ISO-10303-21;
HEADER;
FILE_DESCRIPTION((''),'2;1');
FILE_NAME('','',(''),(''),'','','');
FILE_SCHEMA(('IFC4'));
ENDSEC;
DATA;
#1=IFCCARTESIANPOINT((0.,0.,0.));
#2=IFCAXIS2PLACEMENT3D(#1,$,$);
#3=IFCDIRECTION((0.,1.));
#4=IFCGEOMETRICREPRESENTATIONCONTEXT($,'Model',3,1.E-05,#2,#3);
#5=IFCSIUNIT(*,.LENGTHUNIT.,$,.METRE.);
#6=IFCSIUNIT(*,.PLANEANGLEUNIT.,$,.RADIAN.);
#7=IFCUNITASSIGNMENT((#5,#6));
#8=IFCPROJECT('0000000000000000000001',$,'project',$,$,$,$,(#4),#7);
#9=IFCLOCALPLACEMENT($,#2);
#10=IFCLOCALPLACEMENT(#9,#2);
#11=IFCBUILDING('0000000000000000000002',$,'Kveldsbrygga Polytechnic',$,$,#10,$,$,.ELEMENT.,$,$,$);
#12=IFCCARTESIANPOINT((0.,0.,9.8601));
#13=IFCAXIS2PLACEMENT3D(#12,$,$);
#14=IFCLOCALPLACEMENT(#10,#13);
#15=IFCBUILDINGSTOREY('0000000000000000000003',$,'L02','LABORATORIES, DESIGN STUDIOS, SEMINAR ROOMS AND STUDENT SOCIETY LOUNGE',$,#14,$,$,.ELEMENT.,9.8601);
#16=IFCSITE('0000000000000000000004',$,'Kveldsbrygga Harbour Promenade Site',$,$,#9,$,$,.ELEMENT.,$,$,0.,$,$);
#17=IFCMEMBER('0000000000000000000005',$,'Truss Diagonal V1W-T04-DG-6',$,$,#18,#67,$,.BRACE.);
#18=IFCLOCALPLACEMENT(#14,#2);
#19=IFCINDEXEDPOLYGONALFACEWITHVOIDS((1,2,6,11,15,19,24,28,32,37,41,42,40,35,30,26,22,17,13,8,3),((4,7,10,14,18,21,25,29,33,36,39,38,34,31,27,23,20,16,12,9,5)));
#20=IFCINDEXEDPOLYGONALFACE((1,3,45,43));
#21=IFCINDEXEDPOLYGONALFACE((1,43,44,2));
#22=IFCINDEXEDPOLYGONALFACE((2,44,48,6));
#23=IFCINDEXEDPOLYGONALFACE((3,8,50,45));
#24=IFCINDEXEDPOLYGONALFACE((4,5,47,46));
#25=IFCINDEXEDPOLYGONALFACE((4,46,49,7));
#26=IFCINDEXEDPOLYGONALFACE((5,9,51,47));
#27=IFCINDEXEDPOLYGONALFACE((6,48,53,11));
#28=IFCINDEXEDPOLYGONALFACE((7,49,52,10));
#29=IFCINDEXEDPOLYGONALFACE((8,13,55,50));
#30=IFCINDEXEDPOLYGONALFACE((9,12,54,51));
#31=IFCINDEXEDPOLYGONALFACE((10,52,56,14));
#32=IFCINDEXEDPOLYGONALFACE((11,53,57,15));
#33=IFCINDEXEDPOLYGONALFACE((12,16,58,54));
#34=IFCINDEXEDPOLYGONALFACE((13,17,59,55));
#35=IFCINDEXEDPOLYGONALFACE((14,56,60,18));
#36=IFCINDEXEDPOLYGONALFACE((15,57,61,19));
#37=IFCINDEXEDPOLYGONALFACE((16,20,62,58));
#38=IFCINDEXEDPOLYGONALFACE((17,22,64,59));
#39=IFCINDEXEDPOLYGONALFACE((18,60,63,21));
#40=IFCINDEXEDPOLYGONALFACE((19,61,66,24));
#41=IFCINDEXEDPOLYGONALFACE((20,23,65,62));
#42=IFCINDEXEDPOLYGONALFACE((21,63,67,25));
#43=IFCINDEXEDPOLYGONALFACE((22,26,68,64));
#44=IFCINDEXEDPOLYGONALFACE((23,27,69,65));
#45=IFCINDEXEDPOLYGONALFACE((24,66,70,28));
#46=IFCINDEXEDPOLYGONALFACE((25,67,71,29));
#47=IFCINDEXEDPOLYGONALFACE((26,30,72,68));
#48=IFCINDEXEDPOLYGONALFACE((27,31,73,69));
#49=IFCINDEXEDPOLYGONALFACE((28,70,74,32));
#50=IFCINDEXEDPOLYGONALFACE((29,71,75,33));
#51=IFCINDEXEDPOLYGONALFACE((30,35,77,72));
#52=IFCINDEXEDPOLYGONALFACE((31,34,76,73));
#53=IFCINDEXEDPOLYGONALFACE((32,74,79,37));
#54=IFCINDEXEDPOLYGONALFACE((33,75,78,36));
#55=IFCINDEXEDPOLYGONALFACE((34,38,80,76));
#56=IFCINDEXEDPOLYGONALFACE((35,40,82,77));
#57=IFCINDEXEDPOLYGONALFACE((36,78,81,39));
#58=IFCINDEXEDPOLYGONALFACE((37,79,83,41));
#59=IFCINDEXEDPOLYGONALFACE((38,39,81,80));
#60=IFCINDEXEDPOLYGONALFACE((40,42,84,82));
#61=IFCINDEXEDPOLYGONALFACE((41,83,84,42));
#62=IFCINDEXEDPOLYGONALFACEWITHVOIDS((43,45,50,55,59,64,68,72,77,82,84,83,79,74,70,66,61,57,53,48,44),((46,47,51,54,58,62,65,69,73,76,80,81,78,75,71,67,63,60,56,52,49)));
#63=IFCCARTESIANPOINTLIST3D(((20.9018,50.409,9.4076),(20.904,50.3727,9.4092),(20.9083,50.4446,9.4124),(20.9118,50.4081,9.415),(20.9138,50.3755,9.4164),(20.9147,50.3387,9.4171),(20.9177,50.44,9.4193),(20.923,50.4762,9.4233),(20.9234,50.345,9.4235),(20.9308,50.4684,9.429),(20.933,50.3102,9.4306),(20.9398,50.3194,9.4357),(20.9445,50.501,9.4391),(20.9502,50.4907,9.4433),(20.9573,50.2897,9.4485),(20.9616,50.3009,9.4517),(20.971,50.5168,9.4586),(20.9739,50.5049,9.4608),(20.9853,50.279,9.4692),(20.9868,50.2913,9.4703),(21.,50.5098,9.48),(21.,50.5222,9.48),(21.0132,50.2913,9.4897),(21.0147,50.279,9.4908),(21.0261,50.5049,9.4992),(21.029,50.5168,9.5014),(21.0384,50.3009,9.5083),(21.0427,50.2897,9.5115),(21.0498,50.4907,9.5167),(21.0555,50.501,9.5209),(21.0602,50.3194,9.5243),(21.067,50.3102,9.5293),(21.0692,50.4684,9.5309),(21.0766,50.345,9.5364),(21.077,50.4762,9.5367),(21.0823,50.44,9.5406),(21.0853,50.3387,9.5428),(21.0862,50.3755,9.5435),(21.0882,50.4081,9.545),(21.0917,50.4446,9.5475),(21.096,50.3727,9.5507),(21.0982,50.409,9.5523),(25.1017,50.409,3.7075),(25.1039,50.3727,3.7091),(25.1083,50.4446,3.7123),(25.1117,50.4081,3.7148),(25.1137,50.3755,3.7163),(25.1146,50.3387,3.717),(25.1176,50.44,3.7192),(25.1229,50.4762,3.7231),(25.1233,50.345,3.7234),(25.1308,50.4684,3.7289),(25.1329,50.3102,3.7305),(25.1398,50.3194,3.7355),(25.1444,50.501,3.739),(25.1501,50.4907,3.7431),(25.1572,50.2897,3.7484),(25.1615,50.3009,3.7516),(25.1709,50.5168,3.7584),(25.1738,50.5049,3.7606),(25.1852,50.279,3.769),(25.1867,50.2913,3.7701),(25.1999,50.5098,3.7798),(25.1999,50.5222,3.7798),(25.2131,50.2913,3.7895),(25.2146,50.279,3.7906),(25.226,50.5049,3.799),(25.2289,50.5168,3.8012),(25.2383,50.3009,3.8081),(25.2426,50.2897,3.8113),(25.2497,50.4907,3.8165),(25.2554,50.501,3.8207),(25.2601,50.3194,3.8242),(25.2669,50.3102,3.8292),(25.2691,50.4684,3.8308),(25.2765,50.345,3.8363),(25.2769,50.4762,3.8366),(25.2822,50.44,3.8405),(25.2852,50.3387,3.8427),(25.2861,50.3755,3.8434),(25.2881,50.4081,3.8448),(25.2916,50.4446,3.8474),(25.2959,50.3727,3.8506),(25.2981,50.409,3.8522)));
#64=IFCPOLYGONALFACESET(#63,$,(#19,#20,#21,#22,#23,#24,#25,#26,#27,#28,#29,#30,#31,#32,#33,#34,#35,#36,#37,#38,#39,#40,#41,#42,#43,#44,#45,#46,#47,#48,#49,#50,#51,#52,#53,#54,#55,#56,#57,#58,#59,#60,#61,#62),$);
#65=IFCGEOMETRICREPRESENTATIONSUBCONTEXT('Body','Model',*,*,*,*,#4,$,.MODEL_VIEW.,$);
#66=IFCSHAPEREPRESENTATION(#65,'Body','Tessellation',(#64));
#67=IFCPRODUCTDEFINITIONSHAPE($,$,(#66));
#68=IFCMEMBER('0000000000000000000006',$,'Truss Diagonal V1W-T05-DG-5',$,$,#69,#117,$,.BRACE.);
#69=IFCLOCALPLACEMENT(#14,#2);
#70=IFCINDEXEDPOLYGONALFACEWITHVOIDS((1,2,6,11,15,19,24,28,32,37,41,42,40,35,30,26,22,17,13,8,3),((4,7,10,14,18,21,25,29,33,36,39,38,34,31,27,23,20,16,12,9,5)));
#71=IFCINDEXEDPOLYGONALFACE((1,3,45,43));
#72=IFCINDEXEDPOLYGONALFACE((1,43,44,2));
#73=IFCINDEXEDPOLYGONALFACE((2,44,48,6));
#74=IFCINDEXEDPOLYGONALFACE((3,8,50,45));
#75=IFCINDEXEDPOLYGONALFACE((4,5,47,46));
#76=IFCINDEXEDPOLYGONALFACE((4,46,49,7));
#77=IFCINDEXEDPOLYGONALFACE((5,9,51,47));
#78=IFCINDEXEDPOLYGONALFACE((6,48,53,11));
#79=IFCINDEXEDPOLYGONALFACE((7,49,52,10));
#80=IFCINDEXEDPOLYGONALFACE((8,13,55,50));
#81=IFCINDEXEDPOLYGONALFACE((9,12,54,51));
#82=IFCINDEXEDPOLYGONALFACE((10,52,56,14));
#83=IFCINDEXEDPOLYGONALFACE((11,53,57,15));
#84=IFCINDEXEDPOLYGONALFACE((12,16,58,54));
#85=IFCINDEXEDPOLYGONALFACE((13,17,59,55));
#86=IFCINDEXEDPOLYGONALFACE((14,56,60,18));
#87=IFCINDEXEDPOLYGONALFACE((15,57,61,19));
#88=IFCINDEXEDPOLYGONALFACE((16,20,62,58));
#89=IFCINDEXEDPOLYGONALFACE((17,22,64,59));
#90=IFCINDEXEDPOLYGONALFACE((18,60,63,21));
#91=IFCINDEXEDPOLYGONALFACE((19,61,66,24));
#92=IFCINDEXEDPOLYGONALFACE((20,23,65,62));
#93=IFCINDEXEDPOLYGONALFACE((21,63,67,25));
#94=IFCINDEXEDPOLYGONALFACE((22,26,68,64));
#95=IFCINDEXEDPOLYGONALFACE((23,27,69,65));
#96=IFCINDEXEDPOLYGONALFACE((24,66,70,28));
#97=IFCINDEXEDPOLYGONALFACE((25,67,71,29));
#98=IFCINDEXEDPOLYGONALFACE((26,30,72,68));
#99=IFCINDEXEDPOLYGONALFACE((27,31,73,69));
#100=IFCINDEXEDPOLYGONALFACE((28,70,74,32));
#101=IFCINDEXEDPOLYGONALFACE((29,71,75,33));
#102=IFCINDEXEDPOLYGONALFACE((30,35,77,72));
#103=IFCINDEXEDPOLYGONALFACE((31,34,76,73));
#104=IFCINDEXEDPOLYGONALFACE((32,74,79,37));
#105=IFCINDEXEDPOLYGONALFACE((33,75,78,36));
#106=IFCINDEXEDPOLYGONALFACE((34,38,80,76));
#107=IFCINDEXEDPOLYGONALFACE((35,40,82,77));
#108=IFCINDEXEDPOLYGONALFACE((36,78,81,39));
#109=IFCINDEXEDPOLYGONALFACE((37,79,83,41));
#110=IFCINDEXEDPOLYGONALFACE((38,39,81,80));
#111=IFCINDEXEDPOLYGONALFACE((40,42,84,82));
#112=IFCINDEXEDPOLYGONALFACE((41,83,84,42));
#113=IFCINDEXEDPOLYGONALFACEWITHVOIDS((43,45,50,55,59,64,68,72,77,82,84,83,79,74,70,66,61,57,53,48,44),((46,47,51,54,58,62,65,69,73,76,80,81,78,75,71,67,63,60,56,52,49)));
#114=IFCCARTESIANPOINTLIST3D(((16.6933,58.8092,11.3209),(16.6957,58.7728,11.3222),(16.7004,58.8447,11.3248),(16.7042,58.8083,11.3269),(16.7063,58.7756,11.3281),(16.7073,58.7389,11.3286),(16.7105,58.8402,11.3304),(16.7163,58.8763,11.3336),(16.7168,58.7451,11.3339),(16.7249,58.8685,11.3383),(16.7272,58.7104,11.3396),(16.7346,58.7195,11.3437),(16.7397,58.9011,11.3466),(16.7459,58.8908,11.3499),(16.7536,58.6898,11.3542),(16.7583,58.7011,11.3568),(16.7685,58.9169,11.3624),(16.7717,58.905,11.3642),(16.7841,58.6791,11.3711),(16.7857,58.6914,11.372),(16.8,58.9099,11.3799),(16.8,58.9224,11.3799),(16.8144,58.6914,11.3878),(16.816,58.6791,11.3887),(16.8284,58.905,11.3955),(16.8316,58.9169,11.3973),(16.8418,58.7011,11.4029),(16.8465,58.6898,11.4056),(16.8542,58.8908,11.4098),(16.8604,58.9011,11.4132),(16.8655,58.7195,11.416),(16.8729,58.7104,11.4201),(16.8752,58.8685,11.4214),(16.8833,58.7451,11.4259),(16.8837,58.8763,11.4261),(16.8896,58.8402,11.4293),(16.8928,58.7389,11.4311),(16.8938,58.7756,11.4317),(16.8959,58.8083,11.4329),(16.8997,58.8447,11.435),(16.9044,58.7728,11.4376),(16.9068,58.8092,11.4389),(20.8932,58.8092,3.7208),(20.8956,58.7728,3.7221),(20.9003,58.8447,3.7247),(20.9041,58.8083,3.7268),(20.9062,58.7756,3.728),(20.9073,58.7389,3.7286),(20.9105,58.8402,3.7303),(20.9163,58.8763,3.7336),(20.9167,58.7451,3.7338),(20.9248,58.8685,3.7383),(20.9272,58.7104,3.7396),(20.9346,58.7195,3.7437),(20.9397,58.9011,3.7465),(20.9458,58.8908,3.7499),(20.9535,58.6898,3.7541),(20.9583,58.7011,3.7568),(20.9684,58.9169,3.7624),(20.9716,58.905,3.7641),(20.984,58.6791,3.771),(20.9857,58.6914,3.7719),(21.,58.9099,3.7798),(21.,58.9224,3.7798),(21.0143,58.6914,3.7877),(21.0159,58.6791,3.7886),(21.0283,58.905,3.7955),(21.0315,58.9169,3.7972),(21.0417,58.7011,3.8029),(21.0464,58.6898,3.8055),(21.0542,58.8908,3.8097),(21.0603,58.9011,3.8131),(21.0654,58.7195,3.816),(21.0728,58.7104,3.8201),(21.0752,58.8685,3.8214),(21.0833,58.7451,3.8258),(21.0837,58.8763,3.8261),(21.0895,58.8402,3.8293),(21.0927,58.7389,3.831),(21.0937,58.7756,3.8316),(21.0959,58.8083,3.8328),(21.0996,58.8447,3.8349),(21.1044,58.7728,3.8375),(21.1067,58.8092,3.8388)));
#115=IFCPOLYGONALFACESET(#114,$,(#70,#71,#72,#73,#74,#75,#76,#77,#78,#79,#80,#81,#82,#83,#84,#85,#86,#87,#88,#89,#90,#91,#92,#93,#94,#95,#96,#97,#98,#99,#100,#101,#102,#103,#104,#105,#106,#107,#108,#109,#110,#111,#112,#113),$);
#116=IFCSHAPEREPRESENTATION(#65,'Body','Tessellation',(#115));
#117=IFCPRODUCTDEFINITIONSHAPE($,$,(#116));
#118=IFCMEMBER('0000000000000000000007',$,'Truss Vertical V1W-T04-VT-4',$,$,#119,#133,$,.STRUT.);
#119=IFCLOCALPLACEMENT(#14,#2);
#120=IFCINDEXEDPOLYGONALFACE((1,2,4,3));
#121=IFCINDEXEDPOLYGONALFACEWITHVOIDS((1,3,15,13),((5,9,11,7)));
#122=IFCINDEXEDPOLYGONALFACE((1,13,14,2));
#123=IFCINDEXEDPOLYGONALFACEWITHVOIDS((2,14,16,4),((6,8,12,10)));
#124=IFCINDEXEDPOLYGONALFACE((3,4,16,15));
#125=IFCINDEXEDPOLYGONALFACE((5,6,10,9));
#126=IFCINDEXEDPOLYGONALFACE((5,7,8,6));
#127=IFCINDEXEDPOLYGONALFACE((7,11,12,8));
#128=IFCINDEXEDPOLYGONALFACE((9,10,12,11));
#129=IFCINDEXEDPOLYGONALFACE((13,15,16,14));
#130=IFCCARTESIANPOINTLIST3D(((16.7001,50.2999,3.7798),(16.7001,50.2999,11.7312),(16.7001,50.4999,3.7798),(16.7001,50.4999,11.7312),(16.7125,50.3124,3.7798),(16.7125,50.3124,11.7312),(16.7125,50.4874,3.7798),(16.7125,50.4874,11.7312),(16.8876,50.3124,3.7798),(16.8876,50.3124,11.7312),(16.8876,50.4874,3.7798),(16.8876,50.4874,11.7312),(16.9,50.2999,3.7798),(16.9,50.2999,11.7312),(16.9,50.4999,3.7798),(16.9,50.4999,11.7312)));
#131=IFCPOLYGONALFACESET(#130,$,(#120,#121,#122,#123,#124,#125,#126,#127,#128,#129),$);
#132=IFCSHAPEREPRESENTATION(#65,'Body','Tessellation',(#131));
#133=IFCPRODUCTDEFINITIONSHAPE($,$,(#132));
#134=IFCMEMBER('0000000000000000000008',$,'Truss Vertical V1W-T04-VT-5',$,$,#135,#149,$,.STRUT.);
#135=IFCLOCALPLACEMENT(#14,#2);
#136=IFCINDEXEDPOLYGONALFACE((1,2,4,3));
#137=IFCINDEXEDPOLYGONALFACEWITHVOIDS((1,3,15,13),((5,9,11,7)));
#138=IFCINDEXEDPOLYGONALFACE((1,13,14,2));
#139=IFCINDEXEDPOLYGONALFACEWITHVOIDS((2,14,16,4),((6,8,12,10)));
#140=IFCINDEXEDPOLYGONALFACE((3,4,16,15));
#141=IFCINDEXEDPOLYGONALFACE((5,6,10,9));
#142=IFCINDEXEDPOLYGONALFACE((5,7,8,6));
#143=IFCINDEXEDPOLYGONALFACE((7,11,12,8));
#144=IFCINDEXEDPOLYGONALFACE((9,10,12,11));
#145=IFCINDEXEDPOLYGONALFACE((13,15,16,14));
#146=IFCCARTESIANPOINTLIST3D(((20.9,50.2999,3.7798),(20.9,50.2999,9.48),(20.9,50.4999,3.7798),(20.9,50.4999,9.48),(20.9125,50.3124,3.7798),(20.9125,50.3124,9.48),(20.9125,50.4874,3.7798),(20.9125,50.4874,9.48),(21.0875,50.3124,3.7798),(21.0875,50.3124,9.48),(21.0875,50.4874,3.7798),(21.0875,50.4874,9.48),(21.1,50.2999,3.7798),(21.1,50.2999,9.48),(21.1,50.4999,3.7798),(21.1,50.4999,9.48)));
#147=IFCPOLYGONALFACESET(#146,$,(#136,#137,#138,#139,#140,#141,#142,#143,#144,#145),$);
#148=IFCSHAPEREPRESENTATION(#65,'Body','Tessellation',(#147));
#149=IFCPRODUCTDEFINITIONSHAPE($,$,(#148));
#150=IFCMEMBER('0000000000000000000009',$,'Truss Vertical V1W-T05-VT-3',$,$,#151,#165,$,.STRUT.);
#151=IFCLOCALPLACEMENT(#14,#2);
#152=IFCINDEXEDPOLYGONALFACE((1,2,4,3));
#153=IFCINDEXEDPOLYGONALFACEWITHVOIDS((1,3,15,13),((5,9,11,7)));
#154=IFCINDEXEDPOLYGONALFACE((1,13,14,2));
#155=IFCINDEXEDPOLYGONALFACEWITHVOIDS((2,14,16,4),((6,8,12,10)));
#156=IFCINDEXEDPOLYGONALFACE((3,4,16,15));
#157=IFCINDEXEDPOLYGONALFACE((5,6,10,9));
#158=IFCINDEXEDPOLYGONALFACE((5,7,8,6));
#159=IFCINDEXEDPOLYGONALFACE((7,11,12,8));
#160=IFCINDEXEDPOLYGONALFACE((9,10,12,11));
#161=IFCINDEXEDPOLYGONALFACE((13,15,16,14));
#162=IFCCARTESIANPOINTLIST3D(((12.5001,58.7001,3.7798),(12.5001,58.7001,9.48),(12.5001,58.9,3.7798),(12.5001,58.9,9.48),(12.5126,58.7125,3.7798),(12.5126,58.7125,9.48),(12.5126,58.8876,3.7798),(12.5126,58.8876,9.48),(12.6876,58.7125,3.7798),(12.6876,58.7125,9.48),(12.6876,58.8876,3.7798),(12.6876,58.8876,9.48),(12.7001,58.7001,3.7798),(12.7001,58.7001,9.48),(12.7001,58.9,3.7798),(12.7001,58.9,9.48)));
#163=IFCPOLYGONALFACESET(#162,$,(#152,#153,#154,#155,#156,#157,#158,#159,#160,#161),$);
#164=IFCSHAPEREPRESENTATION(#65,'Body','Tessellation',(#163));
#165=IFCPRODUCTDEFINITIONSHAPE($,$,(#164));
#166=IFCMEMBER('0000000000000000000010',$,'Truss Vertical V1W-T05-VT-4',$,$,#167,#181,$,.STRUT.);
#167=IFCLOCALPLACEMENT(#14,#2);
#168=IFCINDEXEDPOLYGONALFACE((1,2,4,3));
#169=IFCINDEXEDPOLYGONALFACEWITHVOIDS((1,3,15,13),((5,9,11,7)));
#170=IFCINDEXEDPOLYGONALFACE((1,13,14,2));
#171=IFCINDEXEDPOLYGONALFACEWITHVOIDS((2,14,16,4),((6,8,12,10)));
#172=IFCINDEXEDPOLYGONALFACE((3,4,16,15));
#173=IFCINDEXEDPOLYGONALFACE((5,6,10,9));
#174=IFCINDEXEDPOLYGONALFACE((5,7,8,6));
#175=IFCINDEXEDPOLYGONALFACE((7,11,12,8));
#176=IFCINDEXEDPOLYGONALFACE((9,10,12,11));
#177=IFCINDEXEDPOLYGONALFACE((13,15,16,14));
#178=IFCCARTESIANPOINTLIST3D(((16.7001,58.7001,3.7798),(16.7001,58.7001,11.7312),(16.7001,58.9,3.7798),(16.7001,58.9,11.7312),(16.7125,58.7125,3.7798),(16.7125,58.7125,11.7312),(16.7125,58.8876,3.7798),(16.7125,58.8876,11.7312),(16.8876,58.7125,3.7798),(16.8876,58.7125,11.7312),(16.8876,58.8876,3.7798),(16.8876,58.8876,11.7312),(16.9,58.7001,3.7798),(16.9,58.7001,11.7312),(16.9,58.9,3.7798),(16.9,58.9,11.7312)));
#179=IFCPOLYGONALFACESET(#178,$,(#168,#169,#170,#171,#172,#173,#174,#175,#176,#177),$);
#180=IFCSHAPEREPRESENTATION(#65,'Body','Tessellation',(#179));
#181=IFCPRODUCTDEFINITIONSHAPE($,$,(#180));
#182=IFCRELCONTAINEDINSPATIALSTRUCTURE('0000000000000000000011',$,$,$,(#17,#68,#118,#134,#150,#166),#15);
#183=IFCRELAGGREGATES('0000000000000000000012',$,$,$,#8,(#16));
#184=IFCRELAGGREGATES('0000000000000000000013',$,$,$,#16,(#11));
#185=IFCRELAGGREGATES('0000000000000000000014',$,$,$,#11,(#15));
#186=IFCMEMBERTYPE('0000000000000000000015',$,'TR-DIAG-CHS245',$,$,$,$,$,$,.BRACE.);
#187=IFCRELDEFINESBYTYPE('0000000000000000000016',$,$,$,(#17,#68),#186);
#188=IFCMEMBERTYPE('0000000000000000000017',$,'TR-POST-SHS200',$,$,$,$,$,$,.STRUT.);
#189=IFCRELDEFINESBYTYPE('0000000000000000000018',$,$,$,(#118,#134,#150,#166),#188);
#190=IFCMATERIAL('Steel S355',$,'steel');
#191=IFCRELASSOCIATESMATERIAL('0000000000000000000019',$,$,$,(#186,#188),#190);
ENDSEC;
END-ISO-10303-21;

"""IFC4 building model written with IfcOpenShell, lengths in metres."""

from ifc_helpers import new_model, si_unit, direction, frame, origin, origin_2d, place, context, subcontext, project, spatial, hollow_rectangle, hollow_circle, extrude, material, material_profile, profile_set, type_object, element, save


model = new_model("IFC4")

# Units and contexts
model_context = context("Model", 3, precision=1e-05, world=origin(), true_north=direction((0.0, 1.0)))
body_context = subcontext(model_context, "Body", "Model", "MODEL_VIEW")
ifc_project = project(units=[si_unit("LENGTHUNIT", "METRE"), si_unit("PLANEANGLEUNIT", "RADIAN")], contexts=[model_context])

# Site, building, storey
site_placement = place(None, origin())
site = spatial("IfcSite", under=ifc_project, at=site_placement, Name="Kveldsbrygga Harbour Promenade Site", CompositionType="ELEMENT", RefElevation=0.0)
building_placement = place(site_placement, origin())
building = spatial("IfcBuilding", under=site, at=building_placement, Name="Kveldsbrygga Polytechnic", CompositionType="ELEMENT")
storey_placement = place(building_placement, frame((0.0, 0.0, 9.8601)))
storey = spatial("IfcBuildingStorey", under=building, at=storey_placement, Name="L02", Description="LABORATORIES, DESIGN STUDIOS, SEMINAR ROOMS AND STUDENT SOCIETY LOUNGE", CompositionType="ELEMENT", Elevation=9.8601)

# Members
ifc_material_1 = material(Name="Steel S355", Category="steel")
ifc_material_profile_1 = material_profile(ifc_material_1, hollow_circle(Radius=0.1223, WallThickness=0.0125, at=origin_2d()), Name="CHS 244.5x12.5")
ifc_profile_set_1 = profile_set([ifc_material_profile_1], Name="Steel S355")
member_type_1 = type_object("IfcMemberType", Name="TR-DIAG-CHS245", PredefinedType="BRACE", material=ifc_profile_set_1)
member_1_placement = place(storey_placement, frame((21.0, 50.3999, 9.48), z_axis=(0.593181, 0.0, -0.805069), x_axis=(0.0, 1.0, 0.0)))
element("IfcMember", 1, at=member_1_placement, inside=storey, type_object=member_type_1, Name="Truss Diagonal V1W-T04-DG-6", PredefinedType="BRACE", context=body_context, shape_type="SweptSolid", body=[
    extrude(hollow_circle(Radius=0.1223, WallThickness=0.0125, at=origin_2d()), origin(), (0.0, 0.0, 1.0), 7.0803),
])
member_2_placement = place(storey_placement, frame((16.8, 58.8, 11.3799), z_axis=(0.483677, 0.0, -0.875247), x_axis=(0.0, 1.0, 0.0)))
element("IfcMember", 2, at=member_2_placement, inside=storey, type_object=member_type_1, Name="Truss Diagonal V1W-T05-DG-5", PredefinedType="BRACE", context=body_context, shape_type="SweptSolid", body=[
    extrude(hollow_circle(Radius=0.1223, WallThickness=0.0125, at=origin_2d()), origin(), (0.0, 0.0, 1.0), 8.6833),
])
ifc_material_profile_2 = material_profile(ifc_material_1, hollow_rectangle(XDim=0.2, YDim=0.2, WallThickness=0.0125, at=origin_2d()), Name="SHS 200x200x12.5")
ifc_profile_set_2 = profile_set([ifc_material_profile_2], Name="Steel S355")
member_type_2 = type_object("IfcMemberType", Name="TR-POST-SHS200", PredefinedType="STRUT", material=ifc_profile_set_2)
member_3_placement = place(storey_placement, frame((16.8, 50.3999, 3.7798), z_axis=(0.0, 0.0, 1.0), x_axis=(1.0, 0.0, 0.0)))
element("IfcMember", 3, at=member_3_placement, inside=storey, type_object=member_type_2, Name="Truss Vertical V1W-T04-VT-4", PredefinedType="STRUT", context=body_context, shape_type="SweptSolid", body=[
    extrude(hollow_rectangle(XDim=0.2, YDim=0.2, WallThickness=0.0125, at=origin_2d()), origin(), (0.0, 0.0, 1.0), 7.9514),
])
for number, where, z_axis, x_axis, name in (
    (4, (21.0, 50.3999, 3.7798), (0.0, 0.0, 1.0), (1.0, 0.0, 0.0), "Truss Vertical V1W-T04-VT-5"),
    (5, (12.6001, 58.8, 3.7798), (0.0, 0.0, 1.0), (1.0, 0.0, 0.0), "Truss Vertical V1W-T05-VT-3"),
):
    element("IfcMember", number, at=place(storey_placement, frame(where, z_axis=z_axis, x_axis=x_axis)), inside=storey, type_object=member_type_2, Name=name, PredefinedType="STRUT", context=body_context, shape_type="SweptSolid", body=[
        extrude(hollow_rectangle(XDim=0.2, YDim=0.2, WallThickness=0.0125, at=origin_2d()), origin(), (0.0, 0.0, 1.0), 5.7002),
    ])
member_4_placement = place(storey_placement, frame((16.8, 58.8, 3.7798), z_axis=(0.0, 0.0, 1.0), x_axis=(1.0, 0.0, 0.0)))
element("IfcMember", 6, at=member_4_placement, inside=storey, type_object=member_type_2, Name="Truss Vertical V1W-T05-VT-4", PredefinedType="STRUT", context=body_context, shape_type="SweptSolid", body=[
    extrude(hollow_rectangle(XDim=0.2, YDim=0.2, WallThickness=0.0125, at=origin_2d()), origin(), (0.0, 0.0, 1.0), 7.9514),
])

save(model, "model.ifc")
